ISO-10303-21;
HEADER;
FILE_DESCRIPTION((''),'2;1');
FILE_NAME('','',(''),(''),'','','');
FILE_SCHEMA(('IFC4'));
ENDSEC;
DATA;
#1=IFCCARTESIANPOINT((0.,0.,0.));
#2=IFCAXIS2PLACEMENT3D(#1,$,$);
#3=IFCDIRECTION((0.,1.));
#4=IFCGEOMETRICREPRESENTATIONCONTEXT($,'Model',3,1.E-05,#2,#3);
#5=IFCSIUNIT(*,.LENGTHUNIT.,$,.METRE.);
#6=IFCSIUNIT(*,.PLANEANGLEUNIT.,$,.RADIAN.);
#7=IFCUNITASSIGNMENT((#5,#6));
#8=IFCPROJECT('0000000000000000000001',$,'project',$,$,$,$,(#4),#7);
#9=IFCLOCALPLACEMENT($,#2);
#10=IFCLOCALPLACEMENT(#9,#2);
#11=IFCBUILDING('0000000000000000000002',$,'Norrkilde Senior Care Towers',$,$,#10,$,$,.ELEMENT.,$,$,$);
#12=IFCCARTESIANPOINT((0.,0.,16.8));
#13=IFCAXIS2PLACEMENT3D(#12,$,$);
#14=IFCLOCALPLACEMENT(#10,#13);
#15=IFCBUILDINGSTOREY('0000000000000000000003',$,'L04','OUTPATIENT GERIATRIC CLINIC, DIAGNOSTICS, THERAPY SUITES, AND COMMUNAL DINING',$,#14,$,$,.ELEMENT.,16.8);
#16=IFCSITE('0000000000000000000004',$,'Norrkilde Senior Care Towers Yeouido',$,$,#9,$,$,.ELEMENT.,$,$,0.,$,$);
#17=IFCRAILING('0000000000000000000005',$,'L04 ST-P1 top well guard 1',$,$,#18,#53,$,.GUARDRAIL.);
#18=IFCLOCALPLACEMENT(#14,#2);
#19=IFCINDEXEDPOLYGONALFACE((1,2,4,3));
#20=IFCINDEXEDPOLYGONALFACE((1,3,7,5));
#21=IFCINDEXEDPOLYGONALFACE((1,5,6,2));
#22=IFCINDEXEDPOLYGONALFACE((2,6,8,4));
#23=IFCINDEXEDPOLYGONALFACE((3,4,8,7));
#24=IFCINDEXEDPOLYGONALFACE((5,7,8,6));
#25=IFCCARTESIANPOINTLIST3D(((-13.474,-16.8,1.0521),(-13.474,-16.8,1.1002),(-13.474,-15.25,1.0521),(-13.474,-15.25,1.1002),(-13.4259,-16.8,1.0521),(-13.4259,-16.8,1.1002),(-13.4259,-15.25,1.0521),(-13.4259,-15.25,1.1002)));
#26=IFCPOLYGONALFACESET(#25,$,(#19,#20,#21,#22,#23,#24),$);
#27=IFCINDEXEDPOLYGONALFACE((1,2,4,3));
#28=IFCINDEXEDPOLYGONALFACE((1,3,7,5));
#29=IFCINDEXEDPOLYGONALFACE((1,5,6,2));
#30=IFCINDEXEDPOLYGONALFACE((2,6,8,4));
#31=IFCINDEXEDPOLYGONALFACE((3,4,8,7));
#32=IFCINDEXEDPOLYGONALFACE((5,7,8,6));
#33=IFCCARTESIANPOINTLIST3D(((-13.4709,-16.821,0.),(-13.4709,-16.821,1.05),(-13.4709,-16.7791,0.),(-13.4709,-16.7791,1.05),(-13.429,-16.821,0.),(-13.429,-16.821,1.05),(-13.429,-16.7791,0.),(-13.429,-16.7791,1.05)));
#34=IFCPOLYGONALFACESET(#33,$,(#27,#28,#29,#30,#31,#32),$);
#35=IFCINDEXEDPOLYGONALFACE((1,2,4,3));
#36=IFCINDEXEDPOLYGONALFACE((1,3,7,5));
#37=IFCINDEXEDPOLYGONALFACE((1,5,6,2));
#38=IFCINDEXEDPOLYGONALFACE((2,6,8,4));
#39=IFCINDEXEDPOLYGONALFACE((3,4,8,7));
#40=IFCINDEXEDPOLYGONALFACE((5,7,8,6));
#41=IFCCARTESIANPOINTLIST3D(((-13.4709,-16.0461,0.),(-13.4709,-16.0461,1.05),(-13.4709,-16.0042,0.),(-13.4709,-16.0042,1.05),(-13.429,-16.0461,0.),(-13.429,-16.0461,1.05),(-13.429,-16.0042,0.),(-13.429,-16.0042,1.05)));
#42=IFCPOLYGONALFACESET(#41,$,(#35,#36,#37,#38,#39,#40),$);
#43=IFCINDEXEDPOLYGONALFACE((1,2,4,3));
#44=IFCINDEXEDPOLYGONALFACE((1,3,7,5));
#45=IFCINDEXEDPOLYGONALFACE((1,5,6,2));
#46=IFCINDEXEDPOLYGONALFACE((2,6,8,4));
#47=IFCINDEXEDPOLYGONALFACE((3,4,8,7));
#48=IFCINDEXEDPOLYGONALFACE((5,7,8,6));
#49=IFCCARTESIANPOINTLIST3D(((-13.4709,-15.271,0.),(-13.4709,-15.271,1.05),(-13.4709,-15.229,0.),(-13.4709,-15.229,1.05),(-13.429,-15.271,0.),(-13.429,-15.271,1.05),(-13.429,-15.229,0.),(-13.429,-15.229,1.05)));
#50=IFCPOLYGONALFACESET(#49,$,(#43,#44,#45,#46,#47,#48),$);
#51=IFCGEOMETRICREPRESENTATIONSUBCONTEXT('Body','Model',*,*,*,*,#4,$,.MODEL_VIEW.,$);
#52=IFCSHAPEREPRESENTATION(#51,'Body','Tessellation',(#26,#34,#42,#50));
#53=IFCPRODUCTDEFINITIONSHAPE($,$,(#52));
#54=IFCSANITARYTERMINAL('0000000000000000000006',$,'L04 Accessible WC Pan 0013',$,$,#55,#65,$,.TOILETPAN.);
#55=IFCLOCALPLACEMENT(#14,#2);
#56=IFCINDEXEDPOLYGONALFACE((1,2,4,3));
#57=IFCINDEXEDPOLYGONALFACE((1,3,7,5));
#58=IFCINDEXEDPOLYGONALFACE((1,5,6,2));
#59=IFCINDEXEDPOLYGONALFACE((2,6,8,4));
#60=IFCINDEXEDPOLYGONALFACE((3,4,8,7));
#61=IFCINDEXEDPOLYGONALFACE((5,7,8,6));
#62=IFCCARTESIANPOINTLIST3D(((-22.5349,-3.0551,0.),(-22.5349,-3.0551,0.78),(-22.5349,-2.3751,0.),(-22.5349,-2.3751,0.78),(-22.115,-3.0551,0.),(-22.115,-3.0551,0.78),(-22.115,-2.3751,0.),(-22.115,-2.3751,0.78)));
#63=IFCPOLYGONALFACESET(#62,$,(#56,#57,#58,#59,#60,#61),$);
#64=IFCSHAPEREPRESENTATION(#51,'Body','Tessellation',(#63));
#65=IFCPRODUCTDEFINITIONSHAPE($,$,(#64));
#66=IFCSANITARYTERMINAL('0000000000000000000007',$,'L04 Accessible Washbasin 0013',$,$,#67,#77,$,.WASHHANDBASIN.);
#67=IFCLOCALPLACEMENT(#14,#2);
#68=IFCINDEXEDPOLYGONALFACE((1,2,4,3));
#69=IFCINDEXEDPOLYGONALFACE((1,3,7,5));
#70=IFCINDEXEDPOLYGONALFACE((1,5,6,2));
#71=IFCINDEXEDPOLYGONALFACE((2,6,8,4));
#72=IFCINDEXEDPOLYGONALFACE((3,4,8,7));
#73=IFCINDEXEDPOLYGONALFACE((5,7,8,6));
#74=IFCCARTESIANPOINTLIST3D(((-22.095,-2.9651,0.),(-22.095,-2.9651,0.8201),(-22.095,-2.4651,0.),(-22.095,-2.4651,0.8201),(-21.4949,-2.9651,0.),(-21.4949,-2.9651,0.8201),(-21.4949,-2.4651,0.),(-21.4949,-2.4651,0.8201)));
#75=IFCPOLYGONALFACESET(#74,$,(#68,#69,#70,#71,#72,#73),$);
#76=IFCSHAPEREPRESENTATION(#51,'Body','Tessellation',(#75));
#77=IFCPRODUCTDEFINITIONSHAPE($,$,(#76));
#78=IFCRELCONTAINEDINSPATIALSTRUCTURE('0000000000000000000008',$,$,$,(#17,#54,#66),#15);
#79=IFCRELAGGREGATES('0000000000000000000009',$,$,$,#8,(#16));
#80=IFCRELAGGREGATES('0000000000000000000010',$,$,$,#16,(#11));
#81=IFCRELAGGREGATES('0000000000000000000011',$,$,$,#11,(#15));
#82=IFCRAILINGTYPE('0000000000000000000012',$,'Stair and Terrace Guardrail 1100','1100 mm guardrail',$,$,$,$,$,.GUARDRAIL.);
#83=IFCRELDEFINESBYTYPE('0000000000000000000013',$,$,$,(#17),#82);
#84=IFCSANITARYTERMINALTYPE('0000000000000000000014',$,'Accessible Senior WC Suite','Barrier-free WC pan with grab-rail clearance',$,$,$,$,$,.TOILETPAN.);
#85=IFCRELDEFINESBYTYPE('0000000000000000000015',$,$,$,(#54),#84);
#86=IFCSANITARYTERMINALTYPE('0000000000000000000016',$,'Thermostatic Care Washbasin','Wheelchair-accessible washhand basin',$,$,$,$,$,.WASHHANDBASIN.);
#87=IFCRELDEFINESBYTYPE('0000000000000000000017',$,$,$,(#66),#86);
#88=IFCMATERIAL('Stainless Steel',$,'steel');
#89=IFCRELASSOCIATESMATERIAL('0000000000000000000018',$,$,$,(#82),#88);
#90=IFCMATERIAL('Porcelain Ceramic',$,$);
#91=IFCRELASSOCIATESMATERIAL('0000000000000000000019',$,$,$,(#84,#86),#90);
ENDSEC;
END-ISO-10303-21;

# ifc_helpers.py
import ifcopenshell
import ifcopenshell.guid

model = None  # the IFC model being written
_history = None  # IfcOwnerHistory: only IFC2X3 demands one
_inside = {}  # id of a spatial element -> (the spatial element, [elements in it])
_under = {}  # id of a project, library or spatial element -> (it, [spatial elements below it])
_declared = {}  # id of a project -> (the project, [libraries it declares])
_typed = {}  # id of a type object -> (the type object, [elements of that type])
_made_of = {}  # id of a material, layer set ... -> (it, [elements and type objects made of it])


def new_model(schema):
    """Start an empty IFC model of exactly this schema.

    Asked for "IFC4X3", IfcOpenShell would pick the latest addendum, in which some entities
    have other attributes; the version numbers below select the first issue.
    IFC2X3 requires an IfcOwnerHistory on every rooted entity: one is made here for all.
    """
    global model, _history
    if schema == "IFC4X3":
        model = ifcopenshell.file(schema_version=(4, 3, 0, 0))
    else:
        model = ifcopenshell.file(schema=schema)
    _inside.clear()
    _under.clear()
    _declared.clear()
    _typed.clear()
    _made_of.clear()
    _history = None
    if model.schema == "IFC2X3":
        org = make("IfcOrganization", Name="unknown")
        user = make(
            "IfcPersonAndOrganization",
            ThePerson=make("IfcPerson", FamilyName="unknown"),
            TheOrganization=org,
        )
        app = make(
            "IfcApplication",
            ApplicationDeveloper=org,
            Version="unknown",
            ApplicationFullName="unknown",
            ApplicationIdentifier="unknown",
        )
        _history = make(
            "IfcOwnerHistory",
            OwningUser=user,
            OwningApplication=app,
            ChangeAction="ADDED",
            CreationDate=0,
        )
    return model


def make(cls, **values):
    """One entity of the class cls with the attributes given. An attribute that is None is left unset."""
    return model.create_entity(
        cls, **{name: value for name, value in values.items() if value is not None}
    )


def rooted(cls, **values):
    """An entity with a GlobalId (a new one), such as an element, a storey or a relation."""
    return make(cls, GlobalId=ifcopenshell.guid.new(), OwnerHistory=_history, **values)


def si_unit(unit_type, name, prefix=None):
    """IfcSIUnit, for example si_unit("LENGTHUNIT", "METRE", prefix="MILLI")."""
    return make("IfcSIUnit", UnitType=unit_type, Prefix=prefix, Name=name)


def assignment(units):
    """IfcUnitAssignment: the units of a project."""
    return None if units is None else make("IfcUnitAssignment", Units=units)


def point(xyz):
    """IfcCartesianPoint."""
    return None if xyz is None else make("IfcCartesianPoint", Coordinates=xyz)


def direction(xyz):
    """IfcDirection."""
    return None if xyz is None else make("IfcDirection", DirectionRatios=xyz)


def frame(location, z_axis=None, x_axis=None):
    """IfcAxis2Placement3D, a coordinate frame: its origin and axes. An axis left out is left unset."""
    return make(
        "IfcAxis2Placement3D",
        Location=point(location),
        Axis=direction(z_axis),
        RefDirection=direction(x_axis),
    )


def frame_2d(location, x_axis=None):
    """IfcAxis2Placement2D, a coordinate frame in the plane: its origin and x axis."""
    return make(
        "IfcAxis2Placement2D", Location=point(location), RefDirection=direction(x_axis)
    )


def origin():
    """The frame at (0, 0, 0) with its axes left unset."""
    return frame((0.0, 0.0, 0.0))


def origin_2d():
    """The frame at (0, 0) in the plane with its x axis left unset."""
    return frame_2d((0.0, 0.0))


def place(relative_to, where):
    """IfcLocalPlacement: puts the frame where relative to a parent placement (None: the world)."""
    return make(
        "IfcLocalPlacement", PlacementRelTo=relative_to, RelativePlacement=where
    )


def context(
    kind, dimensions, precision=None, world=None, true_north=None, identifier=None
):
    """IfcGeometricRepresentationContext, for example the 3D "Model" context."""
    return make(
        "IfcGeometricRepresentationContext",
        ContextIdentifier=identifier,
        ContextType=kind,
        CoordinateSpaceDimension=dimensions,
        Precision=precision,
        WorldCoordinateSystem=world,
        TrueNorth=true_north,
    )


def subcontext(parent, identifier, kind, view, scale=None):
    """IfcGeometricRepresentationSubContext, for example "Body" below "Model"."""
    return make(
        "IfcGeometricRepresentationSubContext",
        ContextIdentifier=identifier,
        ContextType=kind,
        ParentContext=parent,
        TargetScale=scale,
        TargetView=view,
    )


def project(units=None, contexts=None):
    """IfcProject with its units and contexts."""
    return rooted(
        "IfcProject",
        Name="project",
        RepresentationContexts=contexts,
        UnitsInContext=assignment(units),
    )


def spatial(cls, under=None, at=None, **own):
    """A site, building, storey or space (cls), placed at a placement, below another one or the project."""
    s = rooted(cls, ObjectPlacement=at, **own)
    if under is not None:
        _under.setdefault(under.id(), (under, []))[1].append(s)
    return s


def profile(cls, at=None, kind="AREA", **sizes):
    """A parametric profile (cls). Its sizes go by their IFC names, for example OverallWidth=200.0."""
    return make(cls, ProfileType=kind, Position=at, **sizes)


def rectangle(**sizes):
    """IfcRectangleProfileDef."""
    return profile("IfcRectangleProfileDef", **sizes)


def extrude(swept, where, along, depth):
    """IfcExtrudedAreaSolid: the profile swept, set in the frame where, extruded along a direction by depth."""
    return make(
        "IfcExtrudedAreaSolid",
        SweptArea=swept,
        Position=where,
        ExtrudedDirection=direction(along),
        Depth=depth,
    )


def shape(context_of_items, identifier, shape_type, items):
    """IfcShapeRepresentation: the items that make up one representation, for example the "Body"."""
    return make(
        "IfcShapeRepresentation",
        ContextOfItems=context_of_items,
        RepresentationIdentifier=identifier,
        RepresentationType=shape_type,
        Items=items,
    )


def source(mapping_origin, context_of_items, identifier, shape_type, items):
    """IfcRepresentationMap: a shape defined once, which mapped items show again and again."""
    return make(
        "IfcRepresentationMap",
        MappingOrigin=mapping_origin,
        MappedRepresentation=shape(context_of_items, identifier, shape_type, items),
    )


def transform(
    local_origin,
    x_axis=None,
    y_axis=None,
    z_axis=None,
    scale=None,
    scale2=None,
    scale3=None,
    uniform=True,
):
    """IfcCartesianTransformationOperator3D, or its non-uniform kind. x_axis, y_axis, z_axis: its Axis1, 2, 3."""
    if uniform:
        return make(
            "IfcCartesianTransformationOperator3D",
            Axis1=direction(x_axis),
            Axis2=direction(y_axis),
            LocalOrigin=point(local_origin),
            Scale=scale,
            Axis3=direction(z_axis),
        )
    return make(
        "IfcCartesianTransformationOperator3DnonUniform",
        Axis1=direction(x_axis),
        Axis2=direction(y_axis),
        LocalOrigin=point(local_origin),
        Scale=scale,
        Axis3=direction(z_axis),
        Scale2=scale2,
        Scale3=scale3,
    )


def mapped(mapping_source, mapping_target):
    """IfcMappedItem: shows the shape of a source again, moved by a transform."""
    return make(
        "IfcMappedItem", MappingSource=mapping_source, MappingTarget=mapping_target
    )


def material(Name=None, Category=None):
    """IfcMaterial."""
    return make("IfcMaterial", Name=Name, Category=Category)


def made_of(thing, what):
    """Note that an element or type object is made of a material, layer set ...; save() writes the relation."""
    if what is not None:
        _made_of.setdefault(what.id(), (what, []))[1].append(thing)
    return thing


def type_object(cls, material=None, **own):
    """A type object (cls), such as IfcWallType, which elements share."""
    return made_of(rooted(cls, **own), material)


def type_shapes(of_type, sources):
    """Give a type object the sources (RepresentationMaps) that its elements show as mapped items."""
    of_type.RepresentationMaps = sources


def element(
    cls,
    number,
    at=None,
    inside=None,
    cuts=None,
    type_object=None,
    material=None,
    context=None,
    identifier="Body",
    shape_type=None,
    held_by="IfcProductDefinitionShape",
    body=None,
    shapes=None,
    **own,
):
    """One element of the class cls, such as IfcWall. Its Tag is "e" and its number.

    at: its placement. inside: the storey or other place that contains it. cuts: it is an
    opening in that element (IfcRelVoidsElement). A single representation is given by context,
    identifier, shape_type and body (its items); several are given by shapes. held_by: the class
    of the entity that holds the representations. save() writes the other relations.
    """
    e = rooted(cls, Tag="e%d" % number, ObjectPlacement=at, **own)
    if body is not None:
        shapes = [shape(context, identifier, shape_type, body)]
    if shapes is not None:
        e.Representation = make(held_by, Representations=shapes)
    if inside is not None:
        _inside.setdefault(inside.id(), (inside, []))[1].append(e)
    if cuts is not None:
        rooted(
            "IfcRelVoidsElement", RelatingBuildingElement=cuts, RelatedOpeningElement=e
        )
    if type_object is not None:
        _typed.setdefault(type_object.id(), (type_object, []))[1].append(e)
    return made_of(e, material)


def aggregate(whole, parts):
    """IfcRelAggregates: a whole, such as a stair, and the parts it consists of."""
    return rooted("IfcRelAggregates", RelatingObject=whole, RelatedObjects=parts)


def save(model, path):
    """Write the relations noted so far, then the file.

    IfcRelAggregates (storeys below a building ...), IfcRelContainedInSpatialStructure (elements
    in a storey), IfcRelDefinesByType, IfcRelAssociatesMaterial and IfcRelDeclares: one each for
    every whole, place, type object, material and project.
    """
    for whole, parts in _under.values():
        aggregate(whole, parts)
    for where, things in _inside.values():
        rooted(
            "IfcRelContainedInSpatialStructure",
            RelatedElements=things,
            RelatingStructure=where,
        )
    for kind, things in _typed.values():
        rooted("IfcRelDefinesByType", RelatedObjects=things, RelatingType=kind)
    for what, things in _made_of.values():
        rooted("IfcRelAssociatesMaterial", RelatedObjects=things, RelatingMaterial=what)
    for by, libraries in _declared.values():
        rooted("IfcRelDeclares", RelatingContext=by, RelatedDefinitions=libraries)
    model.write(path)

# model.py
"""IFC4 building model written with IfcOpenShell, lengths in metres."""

from ifc_helpers import new_model, si_unit, direction, frame, origin, origin_2d, place, context, subcontext, project, spatial, rectangle, extrude, source, transform, mapped, material, type_object, type_shapes, element, save


model = new_model("IFC4")

# Units and contexts
model_context = context("Model", 3, precision=1e-05, world=origin(), true_north=direction((0.0, 1.0)))
body_context = subcontext(model_context, "Body", "Model", "MODEL_VIEW")
ifc_project = project(units=[si_unit("LENGTHUNIT", "METRE"), si_unit("PLANEANGLEUNIT", "RADIAN")], contexts=[model_context])

# Site, building, storey
site_placement = place(None, origin())
site = spatial("IfcSite", under=ifc_project, at=site_placement, Name="Norrkilde Senior Care Towers Yeouido", CompositionType="ELEMENT", RefElevation=0.0)
building_placement = place(site_placement, origin())
building = spatial("IfcBuilding", under=site, at=building_placement, Name="Norrkilde Senior Care Towers", CompositionType="ELEMENT")
storey_placement = place(building_placement, frame((0.0, 0.0, 16.8)))
storey = spatial("IfcBuildingStorey", under=building, at=storey_placement, Name="L04", Description="OUTPATIENT GERIATRIC CLINIC, DIAGNOSTICS, THERAPY SUITES, AND COMMUNAL DINING", CompositionType="ELEMENT", Elevation=16.8)

# Railing
ifc_material_1 = material(Name="Stainless Steel", Category="steel")
railing_type = type_object("IfcRailingType", Name="Stair and Terrace Guardrail 1100", Description="1100 mm guardrail", PredefinedType="GUARDRAIL", material=ifc_material_1)
railing_placement = place(storey_placement, frame((-13.45, -16.8, 0.0)))
element("IfcRailing", 1, at=railing_placement, inside=storey, type_object=railing_type, Name="L04 ST-P1 top well guard 1", PredefinedType="GUARDRAIL", context=body_context, shape_type="SweptSolid", body=[
    extrude(rectangle(XDim=0.0481, YDim=0.0481, at=origin_2d()), frame((0.0, 0.0, 1.0762), z_axis=(0.0, 1.0, 0.0), x_axis=(-1.0, 0.0, 0.0)), (0.0, 0.0, 1.0), 1.55),
    extrude(rectangle(XDim=0.042, YDim=0.042, at=origin_2d()), origin(), (0.0, 0.0, 1.0), 1.05),
    extrude(rectangle(XDim=0.042, YDim=0.042, at=origin_2d()), frame((0.0, 0.7749, 0.0)), (0.0, 0.0, 1.0), 1.05),
    extrude(rectangle(XDim=0.042, YDim=0.042, at=origin_2d()), frame((0.0, 1.55, 0.0)), (0.0, 0.0, 1.0), 1.05),
])

# Sanitary terminals
ifc_material_2 = material(Name="Porcelain Ceramic")
sanitary_terminal_type_1 = type_object("IfcSanitaryTerminalType", Name="Accessible Senior WC Suite", Description="Barrier-free WC pan with grab-rail clearance", PredefinedType="TOILETPAN", material=ifc_material_2)
shared_shape_1 = source(origin(), body_context, "Body", "SweptSolid", [
    extrude(rectangle(XDim=0.4199, YDim=0.6799, at=origin_2d()), origin(), (0.0, 0.0, 1.0), 0.78),
])
type_shapes(sanitary_terminal_type_1, [shared_shape_1])
sanitary_terminal_1_placement = place(storey_placement, frame((-22.325, -2.7151, 0.0), z_axis=(0.0, 0.0, 1.0), x_axis=(1.0, 0.0, 0.0)))
element("IfcSanitaryTerminal", 2, at=sanitary_terminal_1_placement, inside=storey, type_object=sanitary_terminal_type_1, Name="L04 Accessible WC Pan 0013", PredefinedType="TOILETPAN", context=body_context, shape_type="MappedRepresentation", body=[
    mapped(shared_shape_1, transform((0.0, 0.0, 0.0), x_axis=(1.0, 0.0, 0.0), y_axis=(0.0, 1.0, 0.0), z_axis=(0.0, 0.0, 1.0), scale=1.0)),
])
sanitary_terminal_type_2 = type_object("IfcSanitaryTerminalType", Name="Thermostatic Care Washbasin", Description="Wheelchair-accessible washhand basin", PredefinedType="WASHHANDBASIN", material=ifc_material_2)
shared_shape_2 = source(origin(), body_context, "Body", "SweptSolid", [
    extrude(rectangle(XDim=0.6001, YDim=0.5, at=origin_2d()), origin(), (0.0, 0.0, 1.0), 0.8201),
])
type_shapes(sanitary_terminal_type_2, [shared_shape_2])
sanitary_terminal_2_placement = place(storey_placement, frame((-21.7949, -2.7151, 0.0), z_axis=(0.0, 0.0, 1.0), x_axis=(1.0, 0.0, 0.0)))
element("IfcSanitaryTerminal", 3, at=sanitary_terminal_2_placement, inside=storey, type_object=sanitary_terminal_type_2, Name="L04 Accessible Washbasin 0013", PredefinedType="WASHHANDBASIN", context=body_context, shape_type="MappedRepresentation", body=[
    mapped(shared_shape_2, transform((0.0, 0.0, 0.0), x_axis=(1.0, 0.0, 0.0), y_axis=(0.0, 1.0, 0.0), z_axis=(0.0, 0.0, 1.0), scale=1.0)),
])

save(model, "model.ifc")
